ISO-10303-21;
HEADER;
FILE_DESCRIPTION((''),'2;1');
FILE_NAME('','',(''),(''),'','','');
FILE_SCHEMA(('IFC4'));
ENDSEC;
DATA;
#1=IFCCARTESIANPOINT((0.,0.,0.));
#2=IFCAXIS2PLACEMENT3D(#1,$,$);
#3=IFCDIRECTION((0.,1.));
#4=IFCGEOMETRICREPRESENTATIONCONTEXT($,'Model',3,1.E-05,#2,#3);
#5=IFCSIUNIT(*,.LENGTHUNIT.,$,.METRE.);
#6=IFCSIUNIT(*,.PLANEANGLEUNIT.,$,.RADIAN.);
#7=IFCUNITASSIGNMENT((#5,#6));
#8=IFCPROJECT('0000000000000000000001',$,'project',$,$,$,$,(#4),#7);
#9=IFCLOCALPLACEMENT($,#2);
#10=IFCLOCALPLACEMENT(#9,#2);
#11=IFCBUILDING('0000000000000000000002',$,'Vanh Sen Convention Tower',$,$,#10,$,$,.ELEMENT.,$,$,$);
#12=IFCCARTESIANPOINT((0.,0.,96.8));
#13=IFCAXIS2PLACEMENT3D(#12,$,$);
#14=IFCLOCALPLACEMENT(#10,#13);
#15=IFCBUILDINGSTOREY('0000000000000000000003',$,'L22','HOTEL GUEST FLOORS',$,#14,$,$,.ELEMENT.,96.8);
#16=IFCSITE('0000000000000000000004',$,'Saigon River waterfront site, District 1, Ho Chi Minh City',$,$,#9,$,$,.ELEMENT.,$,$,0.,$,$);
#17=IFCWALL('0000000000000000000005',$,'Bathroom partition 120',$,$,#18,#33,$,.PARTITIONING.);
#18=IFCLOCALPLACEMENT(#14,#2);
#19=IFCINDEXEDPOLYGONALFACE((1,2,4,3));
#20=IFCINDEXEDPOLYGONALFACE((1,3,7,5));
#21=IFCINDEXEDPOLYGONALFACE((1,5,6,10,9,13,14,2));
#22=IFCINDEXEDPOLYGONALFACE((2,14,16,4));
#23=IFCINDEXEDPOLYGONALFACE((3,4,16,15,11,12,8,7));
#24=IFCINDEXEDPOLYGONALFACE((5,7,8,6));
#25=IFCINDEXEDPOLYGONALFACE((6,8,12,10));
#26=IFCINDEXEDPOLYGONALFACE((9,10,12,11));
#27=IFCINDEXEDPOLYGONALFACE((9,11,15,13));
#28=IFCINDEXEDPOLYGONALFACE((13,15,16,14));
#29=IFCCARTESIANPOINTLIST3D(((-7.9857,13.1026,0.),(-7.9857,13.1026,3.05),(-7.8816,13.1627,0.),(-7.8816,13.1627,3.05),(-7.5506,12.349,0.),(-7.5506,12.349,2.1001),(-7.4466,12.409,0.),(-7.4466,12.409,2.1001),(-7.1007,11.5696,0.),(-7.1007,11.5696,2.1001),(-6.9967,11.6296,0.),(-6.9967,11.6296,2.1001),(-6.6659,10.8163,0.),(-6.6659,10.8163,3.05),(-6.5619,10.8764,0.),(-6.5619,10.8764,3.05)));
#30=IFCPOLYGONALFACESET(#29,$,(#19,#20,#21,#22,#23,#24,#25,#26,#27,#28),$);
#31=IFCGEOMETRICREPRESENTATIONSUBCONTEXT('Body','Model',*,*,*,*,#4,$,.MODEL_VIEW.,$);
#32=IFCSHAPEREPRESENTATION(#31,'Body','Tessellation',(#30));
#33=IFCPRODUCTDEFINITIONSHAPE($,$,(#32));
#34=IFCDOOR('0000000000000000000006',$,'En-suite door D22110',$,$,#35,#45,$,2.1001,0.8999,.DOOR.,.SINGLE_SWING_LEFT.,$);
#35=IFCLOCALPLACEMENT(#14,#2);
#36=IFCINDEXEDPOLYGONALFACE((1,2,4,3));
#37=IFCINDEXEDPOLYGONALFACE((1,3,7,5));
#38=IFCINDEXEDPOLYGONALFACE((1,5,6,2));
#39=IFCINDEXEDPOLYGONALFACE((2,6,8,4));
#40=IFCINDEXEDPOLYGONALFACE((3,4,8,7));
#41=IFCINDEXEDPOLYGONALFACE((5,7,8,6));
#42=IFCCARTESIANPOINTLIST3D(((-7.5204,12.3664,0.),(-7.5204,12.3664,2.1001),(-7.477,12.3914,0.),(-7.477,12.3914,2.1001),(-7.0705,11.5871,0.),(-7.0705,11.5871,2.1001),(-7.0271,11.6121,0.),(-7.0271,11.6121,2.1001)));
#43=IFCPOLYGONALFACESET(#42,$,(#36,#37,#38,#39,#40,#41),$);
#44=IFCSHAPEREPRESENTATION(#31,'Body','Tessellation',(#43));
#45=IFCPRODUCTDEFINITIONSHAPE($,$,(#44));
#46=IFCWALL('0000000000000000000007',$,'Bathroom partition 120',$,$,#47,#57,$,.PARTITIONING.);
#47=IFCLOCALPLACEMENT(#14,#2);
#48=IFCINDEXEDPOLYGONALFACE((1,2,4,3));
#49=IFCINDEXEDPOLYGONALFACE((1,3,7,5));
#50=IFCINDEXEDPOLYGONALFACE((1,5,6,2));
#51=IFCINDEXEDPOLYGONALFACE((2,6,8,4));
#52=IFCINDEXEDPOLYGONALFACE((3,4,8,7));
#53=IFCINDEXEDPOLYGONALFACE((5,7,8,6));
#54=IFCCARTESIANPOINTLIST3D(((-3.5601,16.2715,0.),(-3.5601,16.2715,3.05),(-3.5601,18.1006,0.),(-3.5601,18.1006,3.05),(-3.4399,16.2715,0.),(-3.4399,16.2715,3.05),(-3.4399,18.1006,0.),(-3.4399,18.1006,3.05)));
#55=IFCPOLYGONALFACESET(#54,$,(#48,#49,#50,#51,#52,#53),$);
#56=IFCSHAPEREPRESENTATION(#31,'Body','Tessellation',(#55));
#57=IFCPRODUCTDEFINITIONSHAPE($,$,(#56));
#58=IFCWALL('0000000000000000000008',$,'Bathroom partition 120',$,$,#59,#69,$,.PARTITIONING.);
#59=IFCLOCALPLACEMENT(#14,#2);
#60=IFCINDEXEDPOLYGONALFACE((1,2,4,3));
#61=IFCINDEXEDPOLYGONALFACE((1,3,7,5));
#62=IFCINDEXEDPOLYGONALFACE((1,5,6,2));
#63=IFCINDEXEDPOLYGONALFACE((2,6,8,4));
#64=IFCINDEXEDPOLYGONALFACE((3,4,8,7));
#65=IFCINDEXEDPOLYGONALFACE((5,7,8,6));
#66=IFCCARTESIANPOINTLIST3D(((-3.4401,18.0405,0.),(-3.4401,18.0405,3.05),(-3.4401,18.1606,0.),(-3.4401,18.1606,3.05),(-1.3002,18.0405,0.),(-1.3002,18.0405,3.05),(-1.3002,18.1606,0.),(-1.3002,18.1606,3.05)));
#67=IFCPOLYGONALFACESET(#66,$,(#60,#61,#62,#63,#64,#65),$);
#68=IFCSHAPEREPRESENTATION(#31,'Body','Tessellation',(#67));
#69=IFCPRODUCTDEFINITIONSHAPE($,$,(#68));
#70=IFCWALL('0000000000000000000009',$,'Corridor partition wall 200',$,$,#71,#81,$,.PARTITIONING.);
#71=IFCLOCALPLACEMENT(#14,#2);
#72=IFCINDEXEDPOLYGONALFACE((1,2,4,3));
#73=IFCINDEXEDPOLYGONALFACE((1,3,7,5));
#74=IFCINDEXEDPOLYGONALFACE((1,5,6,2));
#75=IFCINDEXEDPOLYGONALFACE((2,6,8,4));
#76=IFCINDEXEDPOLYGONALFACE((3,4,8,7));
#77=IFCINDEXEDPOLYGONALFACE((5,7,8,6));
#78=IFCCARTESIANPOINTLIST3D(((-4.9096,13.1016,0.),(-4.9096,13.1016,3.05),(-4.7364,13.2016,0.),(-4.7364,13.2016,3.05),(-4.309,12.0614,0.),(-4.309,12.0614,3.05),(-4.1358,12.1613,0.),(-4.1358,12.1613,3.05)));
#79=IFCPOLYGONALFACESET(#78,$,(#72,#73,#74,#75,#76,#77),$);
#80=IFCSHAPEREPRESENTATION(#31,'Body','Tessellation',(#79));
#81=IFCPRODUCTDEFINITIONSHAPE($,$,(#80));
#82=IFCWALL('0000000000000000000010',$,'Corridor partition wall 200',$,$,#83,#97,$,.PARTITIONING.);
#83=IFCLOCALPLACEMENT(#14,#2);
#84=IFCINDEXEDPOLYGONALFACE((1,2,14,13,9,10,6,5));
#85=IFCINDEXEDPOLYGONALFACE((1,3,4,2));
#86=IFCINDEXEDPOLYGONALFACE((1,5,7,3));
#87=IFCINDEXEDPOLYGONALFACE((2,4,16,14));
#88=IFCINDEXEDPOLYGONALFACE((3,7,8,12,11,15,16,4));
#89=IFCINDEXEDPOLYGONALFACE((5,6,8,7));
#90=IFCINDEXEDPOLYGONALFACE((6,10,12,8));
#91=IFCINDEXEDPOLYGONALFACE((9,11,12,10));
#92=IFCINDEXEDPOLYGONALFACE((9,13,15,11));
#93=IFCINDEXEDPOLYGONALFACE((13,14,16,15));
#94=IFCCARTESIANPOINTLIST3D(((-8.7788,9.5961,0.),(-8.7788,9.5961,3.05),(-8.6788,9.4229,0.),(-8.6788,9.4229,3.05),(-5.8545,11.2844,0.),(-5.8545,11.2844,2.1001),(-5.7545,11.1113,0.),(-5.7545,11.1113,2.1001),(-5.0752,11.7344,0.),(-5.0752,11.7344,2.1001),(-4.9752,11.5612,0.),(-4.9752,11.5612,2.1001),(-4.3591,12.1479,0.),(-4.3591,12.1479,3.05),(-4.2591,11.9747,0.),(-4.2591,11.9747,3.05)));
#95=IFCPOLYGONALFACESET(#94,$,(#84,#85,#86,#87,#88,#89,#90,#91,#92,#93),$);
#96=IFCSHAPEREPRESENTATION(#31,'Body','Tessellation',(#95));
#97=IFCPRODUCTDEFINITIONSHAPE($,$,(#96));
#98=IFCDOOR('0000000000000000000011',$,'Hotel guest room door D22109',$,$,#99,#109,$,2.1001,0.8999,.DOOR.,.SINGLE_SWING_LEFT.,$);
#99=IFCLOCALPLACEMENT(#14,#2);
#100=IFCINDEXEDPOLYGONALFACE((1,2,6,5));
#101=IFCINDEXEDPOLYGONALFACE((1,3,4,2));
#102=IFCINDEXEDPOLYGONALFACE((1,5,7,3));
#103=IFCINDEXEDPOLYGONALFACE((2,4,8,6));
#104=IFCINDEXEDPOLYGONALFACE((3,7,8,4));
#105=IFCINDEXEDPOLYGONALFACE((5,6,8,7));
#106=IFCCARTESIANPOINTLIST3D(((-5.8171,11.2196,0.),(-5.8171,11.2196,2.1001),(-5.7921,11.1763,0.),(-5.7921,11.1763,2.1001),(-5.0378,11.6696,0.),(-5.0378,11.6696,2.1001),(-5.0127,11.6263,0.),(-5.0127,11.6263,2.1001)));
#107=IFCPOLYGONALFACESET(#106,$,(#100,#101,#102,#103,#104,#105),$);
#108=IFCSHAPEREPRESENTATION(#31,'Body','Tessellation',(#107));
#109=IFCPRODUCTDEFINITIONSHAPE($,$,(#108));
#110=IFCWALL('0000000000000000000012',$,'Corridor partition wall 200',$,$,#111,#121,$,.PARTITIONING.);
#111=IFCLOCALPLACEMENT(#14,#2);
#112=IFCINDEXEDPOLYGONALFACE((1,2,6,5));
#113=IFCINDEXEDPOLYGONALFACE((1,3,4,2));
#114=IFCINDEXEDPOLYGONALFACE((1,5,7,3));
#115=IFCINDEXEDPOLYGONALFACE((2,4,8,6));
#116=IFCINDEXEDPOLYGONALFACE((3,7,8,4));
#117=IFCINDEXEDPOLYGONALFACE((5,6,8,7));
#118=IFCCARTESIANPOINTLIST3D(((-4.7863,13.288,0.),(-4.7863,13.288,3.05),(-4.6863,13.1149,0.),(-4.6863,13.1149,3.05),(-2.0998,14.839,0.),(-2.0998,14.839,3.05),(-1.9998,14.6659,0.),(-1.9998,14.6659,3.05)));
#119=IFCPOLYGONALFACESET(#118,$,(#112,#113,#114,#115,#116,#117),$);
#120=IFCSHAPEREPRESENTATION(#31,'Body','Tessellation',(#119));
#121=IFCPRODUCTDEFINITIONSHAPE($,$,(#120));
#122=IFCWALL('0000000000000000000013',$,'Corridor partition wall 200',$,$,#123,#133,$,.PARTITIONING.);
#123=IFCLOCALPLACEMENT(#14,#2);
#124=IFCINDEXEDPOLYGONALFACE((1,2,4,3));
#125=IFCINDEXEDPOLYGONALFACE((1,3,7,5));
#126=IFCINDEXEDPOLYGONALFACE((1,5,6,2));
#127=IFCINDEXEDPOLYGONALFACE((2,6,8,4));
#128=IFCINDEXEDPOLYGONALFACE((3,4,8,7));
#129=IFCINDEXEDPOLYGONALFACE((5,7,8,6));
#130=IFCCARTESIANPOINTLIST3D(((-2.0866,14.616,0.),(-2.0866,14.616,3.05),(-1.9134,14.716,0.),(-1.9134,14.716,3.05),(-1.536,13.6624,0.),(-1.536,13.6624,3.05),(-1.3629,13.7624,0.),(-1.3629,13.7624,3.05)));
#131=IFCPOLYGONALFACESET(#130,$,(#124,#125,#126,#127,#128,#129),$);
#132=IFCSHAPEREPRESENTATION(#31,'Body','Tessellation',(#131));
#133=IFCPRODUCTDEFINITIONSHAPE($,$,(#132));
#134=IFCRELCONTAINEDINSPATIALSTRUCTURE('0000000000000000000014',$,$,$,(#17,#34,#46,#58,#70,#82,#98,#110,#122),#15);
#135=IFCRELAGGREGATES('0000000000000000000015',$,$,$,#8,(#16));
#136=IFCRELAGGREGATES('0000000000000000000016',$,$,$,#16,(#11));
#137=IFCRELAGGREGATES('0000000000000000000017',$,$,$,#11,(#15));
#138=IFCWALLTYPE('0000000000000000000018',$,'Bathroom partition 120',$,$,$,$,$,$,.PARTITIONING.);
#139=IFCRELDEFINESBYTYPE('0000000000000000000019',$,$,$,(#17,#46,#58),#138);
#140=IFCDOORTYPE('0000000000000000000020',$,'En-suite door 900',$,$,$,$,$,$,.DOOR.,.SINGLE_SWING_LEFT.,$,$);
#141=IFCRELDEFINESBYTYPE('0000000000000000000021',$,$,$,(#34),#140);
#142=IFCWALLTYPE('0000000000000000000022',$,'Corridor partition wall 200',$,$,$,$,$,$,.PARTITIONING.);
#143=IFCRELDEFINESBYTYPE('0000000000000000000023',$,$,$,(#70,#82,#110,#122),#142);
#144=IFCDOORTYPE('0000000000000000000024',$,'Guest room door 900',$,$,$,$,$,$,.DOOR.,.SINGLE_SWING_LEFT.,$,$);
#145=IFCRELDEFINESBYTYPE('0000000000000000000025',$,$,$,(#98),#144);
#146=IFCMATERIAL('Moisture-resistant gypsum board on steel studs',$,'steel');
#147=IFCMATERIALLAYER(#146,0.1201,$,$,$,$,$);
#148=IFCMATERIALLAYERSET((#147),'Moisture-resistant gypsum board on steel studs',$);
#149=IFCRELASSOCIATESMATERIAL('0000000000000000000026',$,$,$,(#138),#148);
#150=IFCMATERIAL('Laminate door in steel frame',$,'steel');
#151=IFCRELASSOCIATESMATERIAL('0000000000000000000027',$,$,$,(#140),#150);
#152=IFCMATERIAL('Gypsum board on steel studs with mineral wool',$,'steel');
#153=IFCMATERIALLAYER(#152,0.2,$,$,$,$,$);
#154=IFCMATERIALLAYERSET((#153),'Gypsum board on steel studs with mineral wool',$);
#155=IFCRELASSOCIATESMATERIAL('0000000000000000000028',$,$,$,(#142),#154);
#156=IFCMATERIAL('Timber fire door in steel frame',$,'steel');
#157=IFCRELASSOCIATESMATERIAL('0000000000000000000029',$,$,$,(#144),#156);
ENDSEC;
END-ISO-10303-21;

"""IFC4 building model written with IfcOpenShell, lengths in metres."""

from ifc_helpers import new_model, si_unit, direction, frame, frame_2d, origin, place, context, subcontext, project, spatial, rectangle, extrude, material, layer, layer_set, type_object, element, fill, save


model = new_model("IFC4")

# Units and contexts
model_context = context("Model", 3, precision=1e-05, world=origin(), true_north=direction((0.0, 1.0)))
body_context = subcontext(model_context, "Body", "Model", "MODEL_VIEW")
ifc_project = project(units=[si_unit("LENGTHUNIT", "METRE"), si_unit("PLANEANGLEUNIT", "RADIAN")], contexts=[model_context])

# Site, building, storey
site_placement = place(None, origin())
site = spatial("IfcSite", under=ifc_project, at=site_placement, Name="Saigon River waterfront site, District 1, Ho Chi Minh City", CompositionType="ELEMENT", RefElevation=0.0)
building_placement = place(site_placement, origin())
building = spatial("IfcBuilding", under=site, at=building_placement, Name="Vanh Sen Convention Tower", CompositionType="ELEMENT")
storey_placement = place(building_placement, frame((0.0, 0.0, 96.8)))
storey = spatial("IfcBuildingStorey", under=building, at=storey_placement, Name="L22", Description="HOTEL GUEST FLOORS", CompositionType="ELEMENT", Elevation=96.8)

# Wall, opening, door
ifc_material_1 = material(Name="Moisture-resistant gypsum board on steel studs", Category="steel")
ifc_layer_1 = layer(ifc_material_1, 0.1201)
ifc_layer_set_1 = layer_set([ifc_layer_1], Name="Moisture-resistant gypsum board on steel studs")
wall_type_1 = type_object("IfcWallType", Name="Bathroom partition 120", PredefinedType="PARTITIONING", material=ifc_layer_set_1)
wall_1_placement = place(storey_placement, frame((-7.9336, 13.1326, 0.0), z_axis=(0.0, 0.0, 1.0), x_axis=(0.499939, -0.866061, 0.0)))
wall_1 = element("IfcWall", 1, at=wall_1_placement, inside=storey, type_object=wall_type_1, Name="Bathroom partition 120", PredefinedType="PARTITIONING", context=body_context, shape_type="SweptSolid", body=[
    extrude(rectangle(XDim=2.6399, YDim=0.1201, at=frame_2d((1.3198, 0.0))), origin(), (0.0, 0.0, 1.0), 3.05),
])
opening_1_placement = place(wall_1_placement, frame((0.8701, 0.0, 0.0)))
opening_1 = element("IfcOpeningElement", 2, at=opening_1_placement, cuts=wall_1, PredefinedType="OPENING", context=body_context, shape_type="SweptSolid", body=[
    extrude(rectangle(XDim=0.8999, YDim=2.1001, at=frame_2d((0.45, 1.05))), frame((0.0, 0.0701, 0.0), z_axis=(0.0, -1.0, 0.0), x_axis=(1.0, 0.0, 0.0)), (0.0, 0.0, 1.0), 0.1401),
])
ifc_material_2 = material(Name="Laminate door in steel frame", Category="steel")
door_type_1 = type_object("IfcDoorType", Name="En-suite door 900", OperationType="SINGLE_SWING_LEFT", PredefinedType="DOOR", material=ifc_material_2)
door_1_placement = place(opening_1_placement, origin())
door_1 = element("IfcDoor", 3, at=door_1_placement, inside=storey, type_object=door_type_1, Name="En-suite door D22110", OperationType="SINGLE_SWING_LEFT", OverallHeight=2.1001, OverallWidth=0.8999, PredefinedType="DOOR", context=body_context, shape_type="SweptSolid", body=[
    extrude(rectangle(XDim=0.8999, YDim=2.1001, at=frame_2d((0.45, 1.05))), frame((0.0, 0.0249, 0.0), z_axis=(0.0, -1.0, 0.0), x_axis=(1.0, 0.0, 0.0)), (0.0, 0.0, 1.0), 0.05),
])
fill(opening_1, door_1)

# Walls
wall_2_placement = place(storey_placement, frame((-3.5, 16.2715, 0.0), z_axis=(0.0, 0.0, 1.0), x_axis=(0.0, 1.0, 0.0)))
element("IfcWall", 4, at=wall_2_placement, inside=storey, type_object=wall_type_1, Name="Bathroom partition 120", PredefinedType="PARTITIONING", context=body_context, shape_type="SweptSolid", body=[
    extrude(rectangle(XDim=1.8291, YDim=0.1201, at=frame_2d((0.9146, 0.0))), origin(), (0.0, 0.0, 1.0), 3.05),
])
wall_3_placement = place(storey_placement, frame((-3.4399, 18.1006, 0.0), z_axis=(0.0, 0.0, 1.0), x_axis=(1.0, 0.0, 0.0)))
element("IfcWall", 5, at=wall_3_placement, inside=storey, type_object=wall_type_1, Name="Bathroom partition 120", PredefinedType="PARTITIONING", context=body_context, shape_type="SweptSolid", body=[
    extrude(rectangle(XDim=2.1399, YDim=0.1201, at=frame_2d((1.0698, 0.0))), origin(), (0.0, 0.0, 1.0), 3.05),
])
ifc_material_3 = material(Name="Gypsum board on steel studs with mineral wool", Category="steel")
ifc_layer_2 = layer(ifc_material_3, 0.2)
ifc_layer_set_2 = layer_set([ifc_layer_2], Name="Gypsum board on steel studs with mineral wool")
wall_type_2 = type_object("IfcWallType", Name="Corridor partition wall 200", PredefinedType="PARTITIONING", material=ifc_layer_set_2)
wall_4_placement = place(storey_placement, frame((-4.823, 13.1516, 0.0), z_axis=(0.0, 0.0, 1.0), x_axis=(0.499986, -0.866033, 0.0)))
element("IfcWall", 6, at=wall_4_placement, inside=storey, type_object=wall_type_2, Name="Corridor partition wall 200", PredefinedType="PARTITIONING", context=body_context, shape_type="SweptSolid", body=[
    extrude(rectangle(XDim=1.2012, YDim=0.2, at=frame_2d((0.6006, 0.0))), origin(), (0.0, 0.0, 1.0), 3.05),
])

# Wall, opening, door
wall_5_placement = place(storey_placement, frame((-4.3091, 12.0613, 0.0), z_axis=(0.0, 0.0, 1.0), x_axis=(-0.866021, -0.500008, 0.0)))
wall_5 = element("IfcWall", 7, at=wall_5_placement, inside=storey, type_object=wall_type_2, Name="Corridor partition wall 200", PredefinedType="PARTITIONING", context=body_context, shape_type="SweptSolid", body=[
    extrude(rectangle(XDim=5.1035, YDim=0.2, at=frame_2d((2.5518, 0.0))), origin(), (0.0, 0.0, 1.0), 3.05),
])
opening_2_placement = place(wall_5_placement, frame((0.8269, 0.0, 0.0)))
opening_2 = element("IfcOpeningElement", 8, at=opening_2_placement, cuts=wall_5, PredefinedType="OPENING", context=body_context, shape_type="SweptSolid", body=[
    extrude(rectangle(XDim=0.8999, YDim=2.1001, at=frame_2d((0.45, 1.05))), frame((0.0, 0.1099, 0.0), z_axis=(0.0, -1.0, 0.0), x_axis=(1.0, 0.0, 0.0)), (0.0, 0.0, 1.0), 0.22),
])
ifc_material_4 = material(Name="Timber fire door in steel frame", Category="steel")
door_type_2 = type_object("IfcDoorType", Name="Guest room door 900", OperationType="SINGLE_SWING_LEFT", PredefinedType="DOOR", material=ifc_material_4)
door_2_placement = place(opening_2_placement, origin())
door_2 = element("IfcDoor", 9, at=door_2_placement, inside=storey, type_object=door_type_2, Name="Hotel guest room door D22109", OperationType="SINGLE_SWING_LEFT", OverallHeight=2.1001, OverallWidth=0.8999, PredefinedType="DOOR", context=body_context, shape_type="SweptSolid", body=[
    extrude(rectangle(XDim=0.8999, YDim=2.1001, at=frame_2d((0.45, 1.05))), frame((0.0, 0.0249, 0.0), z_axis=(0.0, -1.0, 0.0), x_axis=(1.0, 0.0, 0.0)), (0.0, 0.0, 1.0), 0.05),
])
fill(opening_2, door_2)

# Walls
wall_6_placement = place(storey_placement, frame((-2.0498, 14.7524, 0.0), z_axis=(0.0, 0.0, 1.0), x_axis=(-0.866031, -0.49999, 0.0)))
element("IfcWall", 10, at=wall_6_placement, inside=storey, type_object=wall_type_2, Name="Corridor partition wall 200", PredefinedType="PARTITIONING", context=body_context, shape_type="SweptSolid", body=[
    extrude(rectangle(XDim=3.1021, YDim=0.2, at=frame_2d((1.551, 0.0))), origin(), (0.0, 0.0, 1.0), 3.05),
])
wall_7_placement = place(storey_placement, frame((-1.4495, 13.7124, 0.0), z_axis=(0.0, 0.0, 1.0), x_axis=(-0.499978, 0.866038, 0.0)))
element("IfcWall", 11, at=wall_7_placement, inside=storey, type_object=wall_type_2, Name="Corridor partition wall 200", PredefinedType="PARTITIONING", context=body_context, shape_type="SweptSolid", body=[
    extrude(rectangle(XDim=1.1011, YDim=0.2, at=frame_2d((0.5505, 0.0))), origin(), (0.0, 0.0, 1.0), 3.05),
])

save(model, "model.ifc")
